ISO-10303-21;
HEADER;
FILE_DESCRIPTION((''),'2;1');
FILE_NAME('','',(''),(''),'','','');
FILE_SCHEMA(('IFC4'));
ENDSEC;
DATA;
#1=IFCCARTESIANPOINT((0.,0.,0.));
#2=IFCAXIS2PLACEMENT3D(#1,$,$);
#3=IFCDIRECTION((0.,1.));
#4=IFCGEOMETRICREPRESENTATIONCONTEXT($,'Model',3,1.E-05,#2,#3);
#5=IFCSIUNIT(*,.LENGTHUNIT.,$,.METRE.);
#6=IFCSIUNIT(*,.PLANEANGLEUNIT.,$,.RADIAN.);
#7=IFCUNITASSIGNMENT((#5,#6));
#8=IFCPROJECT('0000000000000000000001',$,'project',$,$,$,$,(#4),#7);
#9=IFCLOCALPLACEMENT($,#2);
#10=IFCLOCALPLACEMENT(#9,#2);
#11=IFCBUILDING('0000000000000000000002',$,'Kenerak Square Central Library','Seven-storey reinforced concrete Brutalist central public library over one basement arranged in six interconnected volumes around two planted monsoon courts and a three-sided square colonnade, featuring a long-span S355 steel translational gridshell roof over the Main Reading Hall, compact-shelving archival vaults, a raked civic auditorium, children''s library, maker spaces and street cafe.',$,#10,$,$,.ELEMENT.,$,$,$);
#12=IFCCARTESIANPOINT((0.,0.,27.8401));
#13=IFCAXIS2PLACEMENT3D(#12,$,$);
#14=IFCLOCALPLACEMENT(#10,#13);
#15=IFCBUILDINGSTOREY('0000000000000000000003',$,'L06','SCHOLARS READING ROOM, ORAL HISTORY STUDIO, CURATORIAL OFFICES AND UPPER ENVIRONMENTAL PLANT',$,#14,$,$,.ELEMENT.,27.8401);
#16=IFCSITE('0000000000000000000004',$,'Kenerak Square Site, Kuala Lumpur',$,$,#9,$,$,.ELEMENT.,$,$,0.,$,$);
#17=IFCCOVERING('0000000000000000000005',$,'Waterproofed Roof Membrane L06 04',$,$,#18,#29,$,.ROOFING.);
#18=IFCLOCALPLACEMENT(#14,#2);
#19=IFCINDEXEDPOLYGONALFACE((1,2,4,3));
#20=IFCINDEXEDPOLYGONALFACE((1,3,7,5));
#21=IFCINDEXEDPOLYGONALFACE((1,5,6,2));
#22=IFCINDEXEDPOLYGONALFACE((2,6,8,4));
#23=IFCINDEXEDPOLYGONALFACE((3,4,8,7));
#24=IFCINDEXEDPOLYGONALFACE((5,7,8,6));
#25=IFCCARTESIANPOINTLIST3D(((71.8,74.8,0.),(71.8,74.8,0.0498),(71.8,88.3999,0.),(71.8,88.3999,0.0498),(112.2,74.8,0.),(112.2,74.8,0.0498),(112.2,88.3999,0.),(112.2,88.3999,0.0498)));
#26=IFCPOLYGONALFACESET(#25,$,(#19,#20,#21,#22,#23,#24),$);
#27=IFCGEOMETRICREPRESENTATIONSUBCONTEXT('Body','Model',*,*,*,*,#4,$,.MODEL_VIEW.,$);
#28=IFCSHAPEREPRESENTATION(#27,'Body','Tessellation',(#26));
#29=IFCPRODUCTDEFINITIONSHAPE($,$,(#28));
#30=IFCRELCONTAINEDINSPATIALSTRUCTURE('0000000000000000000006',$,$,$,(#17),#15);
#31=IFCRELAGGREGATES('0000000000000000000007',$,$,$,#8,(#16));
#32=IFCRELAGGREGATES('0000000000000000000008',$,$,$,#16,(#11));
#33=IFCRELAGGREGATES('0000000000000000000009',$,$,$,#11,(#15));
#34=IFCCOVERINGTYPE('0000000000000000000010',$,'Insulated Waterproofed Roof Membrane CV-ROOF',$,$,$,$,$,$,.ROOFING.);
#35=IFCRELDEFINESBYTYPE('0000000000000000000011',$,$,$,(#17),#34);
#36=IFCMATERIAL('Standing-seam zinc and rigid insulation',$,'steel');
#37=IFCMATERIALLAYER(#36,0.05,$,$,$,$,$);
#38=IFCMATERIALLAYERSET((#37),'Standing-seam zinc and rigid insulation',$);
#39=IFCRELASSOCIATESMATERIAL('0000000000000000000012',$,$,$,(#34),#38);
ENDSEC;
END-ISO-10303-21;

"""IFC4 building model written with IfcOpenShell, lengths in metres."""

from ifc_helpers import new_model, si_unit, direction, frame, origin, place, context, subcontext, project, spatial, polyline, outline, extrude, material, layer, layer_set, type_object, element, save


model = new_model("IFC4")

# Units and contexts
model_context = context("Model", 3, precision=1e-05, world=origin(), true_north=direction((0.0, 1.0)))
body_context = subcontext(model_context, "Body", "Model", "MODEL_VIEW")
ifc_project = project(units=[si_unit("LENGTHUNIT", "METRE"), si_unit("PLANEANGLEUNIT", "RADIAN")], contexts=[model_context])

# Site, building, storey
site_placement = place(None, origin())
site = spatial("IfcSite", under=ifc_project, at=site_placement, Name="Kenerak Square Site, Kuala Lumpur", CompositionType="ELEMENT", RefElevation=0.0)
building_placement = place(site_placement, origin())
building = spatial("IfcBuilding", under=site, at=building_placement, Name="Kenerak Square Central Library", Description="Seven-storey reinforced concrete Brutalist central public library over one basement arranged in six interconnected volumes around two planted monsoon courts and a three-sided square colonnade, featuring a long-span S355 steel translational gridshell roof over the Main Reading Hall, compact-shelving archival vaults, a raked civic auditorium, children's library, maker spaces and street cafe.", CompositionType="ELEMENT")
storey_placement = place(building_placement, frame((0.0, 0.0, 27.8401)))
storey = spatial("IfcBuildingStorey", under=building, at=storey_placement, Name="L06", Description="SCHOLARS READING ROOM, ORAL HISTORY STUDIO, CURATORIAL OFFICES AND UPPER ENVIRONMENTAL PLANT", CompositionType="ELEMENT", Elevation=27.8401)

# Covering
ifc_material_1 = material(Name="Standing-seam zinc and rigid insulation", Category="steel")
ifc_layer_1 = layer(ifc_material_1, 0.05)
ifc_layer_set_1 = layer_set([ifc_layer_1], Name="Standing-seam zinc and rigid insulation")
covering_type = type_object("IfcCoveringType", Name="Insulated Waterproofed Roof Membrane CV-ROOF", PredefinedType="ROOFING", material=ifc_layer_set_1)
covering_1_placement = place(storey_placement, origin())
element("IfcCovering", 1, at=covering_1_placement, inside=storey, type_object=covering_type, Name="Waterproofed Roof Membrane L06 04", PredefinedType="ROOFING", context=body_context, shape_type="SweptSolid", body=[
    extrude(outline(polyline([(71.8, 74.8), (112.2, 74.8), (112.2, 88.3999), (71.8, 88.3999), (71.8, 74.8)])), origin(), (0.0, 0.0, 1.0), 0.0498),
])

save(model, "model.ifc")
